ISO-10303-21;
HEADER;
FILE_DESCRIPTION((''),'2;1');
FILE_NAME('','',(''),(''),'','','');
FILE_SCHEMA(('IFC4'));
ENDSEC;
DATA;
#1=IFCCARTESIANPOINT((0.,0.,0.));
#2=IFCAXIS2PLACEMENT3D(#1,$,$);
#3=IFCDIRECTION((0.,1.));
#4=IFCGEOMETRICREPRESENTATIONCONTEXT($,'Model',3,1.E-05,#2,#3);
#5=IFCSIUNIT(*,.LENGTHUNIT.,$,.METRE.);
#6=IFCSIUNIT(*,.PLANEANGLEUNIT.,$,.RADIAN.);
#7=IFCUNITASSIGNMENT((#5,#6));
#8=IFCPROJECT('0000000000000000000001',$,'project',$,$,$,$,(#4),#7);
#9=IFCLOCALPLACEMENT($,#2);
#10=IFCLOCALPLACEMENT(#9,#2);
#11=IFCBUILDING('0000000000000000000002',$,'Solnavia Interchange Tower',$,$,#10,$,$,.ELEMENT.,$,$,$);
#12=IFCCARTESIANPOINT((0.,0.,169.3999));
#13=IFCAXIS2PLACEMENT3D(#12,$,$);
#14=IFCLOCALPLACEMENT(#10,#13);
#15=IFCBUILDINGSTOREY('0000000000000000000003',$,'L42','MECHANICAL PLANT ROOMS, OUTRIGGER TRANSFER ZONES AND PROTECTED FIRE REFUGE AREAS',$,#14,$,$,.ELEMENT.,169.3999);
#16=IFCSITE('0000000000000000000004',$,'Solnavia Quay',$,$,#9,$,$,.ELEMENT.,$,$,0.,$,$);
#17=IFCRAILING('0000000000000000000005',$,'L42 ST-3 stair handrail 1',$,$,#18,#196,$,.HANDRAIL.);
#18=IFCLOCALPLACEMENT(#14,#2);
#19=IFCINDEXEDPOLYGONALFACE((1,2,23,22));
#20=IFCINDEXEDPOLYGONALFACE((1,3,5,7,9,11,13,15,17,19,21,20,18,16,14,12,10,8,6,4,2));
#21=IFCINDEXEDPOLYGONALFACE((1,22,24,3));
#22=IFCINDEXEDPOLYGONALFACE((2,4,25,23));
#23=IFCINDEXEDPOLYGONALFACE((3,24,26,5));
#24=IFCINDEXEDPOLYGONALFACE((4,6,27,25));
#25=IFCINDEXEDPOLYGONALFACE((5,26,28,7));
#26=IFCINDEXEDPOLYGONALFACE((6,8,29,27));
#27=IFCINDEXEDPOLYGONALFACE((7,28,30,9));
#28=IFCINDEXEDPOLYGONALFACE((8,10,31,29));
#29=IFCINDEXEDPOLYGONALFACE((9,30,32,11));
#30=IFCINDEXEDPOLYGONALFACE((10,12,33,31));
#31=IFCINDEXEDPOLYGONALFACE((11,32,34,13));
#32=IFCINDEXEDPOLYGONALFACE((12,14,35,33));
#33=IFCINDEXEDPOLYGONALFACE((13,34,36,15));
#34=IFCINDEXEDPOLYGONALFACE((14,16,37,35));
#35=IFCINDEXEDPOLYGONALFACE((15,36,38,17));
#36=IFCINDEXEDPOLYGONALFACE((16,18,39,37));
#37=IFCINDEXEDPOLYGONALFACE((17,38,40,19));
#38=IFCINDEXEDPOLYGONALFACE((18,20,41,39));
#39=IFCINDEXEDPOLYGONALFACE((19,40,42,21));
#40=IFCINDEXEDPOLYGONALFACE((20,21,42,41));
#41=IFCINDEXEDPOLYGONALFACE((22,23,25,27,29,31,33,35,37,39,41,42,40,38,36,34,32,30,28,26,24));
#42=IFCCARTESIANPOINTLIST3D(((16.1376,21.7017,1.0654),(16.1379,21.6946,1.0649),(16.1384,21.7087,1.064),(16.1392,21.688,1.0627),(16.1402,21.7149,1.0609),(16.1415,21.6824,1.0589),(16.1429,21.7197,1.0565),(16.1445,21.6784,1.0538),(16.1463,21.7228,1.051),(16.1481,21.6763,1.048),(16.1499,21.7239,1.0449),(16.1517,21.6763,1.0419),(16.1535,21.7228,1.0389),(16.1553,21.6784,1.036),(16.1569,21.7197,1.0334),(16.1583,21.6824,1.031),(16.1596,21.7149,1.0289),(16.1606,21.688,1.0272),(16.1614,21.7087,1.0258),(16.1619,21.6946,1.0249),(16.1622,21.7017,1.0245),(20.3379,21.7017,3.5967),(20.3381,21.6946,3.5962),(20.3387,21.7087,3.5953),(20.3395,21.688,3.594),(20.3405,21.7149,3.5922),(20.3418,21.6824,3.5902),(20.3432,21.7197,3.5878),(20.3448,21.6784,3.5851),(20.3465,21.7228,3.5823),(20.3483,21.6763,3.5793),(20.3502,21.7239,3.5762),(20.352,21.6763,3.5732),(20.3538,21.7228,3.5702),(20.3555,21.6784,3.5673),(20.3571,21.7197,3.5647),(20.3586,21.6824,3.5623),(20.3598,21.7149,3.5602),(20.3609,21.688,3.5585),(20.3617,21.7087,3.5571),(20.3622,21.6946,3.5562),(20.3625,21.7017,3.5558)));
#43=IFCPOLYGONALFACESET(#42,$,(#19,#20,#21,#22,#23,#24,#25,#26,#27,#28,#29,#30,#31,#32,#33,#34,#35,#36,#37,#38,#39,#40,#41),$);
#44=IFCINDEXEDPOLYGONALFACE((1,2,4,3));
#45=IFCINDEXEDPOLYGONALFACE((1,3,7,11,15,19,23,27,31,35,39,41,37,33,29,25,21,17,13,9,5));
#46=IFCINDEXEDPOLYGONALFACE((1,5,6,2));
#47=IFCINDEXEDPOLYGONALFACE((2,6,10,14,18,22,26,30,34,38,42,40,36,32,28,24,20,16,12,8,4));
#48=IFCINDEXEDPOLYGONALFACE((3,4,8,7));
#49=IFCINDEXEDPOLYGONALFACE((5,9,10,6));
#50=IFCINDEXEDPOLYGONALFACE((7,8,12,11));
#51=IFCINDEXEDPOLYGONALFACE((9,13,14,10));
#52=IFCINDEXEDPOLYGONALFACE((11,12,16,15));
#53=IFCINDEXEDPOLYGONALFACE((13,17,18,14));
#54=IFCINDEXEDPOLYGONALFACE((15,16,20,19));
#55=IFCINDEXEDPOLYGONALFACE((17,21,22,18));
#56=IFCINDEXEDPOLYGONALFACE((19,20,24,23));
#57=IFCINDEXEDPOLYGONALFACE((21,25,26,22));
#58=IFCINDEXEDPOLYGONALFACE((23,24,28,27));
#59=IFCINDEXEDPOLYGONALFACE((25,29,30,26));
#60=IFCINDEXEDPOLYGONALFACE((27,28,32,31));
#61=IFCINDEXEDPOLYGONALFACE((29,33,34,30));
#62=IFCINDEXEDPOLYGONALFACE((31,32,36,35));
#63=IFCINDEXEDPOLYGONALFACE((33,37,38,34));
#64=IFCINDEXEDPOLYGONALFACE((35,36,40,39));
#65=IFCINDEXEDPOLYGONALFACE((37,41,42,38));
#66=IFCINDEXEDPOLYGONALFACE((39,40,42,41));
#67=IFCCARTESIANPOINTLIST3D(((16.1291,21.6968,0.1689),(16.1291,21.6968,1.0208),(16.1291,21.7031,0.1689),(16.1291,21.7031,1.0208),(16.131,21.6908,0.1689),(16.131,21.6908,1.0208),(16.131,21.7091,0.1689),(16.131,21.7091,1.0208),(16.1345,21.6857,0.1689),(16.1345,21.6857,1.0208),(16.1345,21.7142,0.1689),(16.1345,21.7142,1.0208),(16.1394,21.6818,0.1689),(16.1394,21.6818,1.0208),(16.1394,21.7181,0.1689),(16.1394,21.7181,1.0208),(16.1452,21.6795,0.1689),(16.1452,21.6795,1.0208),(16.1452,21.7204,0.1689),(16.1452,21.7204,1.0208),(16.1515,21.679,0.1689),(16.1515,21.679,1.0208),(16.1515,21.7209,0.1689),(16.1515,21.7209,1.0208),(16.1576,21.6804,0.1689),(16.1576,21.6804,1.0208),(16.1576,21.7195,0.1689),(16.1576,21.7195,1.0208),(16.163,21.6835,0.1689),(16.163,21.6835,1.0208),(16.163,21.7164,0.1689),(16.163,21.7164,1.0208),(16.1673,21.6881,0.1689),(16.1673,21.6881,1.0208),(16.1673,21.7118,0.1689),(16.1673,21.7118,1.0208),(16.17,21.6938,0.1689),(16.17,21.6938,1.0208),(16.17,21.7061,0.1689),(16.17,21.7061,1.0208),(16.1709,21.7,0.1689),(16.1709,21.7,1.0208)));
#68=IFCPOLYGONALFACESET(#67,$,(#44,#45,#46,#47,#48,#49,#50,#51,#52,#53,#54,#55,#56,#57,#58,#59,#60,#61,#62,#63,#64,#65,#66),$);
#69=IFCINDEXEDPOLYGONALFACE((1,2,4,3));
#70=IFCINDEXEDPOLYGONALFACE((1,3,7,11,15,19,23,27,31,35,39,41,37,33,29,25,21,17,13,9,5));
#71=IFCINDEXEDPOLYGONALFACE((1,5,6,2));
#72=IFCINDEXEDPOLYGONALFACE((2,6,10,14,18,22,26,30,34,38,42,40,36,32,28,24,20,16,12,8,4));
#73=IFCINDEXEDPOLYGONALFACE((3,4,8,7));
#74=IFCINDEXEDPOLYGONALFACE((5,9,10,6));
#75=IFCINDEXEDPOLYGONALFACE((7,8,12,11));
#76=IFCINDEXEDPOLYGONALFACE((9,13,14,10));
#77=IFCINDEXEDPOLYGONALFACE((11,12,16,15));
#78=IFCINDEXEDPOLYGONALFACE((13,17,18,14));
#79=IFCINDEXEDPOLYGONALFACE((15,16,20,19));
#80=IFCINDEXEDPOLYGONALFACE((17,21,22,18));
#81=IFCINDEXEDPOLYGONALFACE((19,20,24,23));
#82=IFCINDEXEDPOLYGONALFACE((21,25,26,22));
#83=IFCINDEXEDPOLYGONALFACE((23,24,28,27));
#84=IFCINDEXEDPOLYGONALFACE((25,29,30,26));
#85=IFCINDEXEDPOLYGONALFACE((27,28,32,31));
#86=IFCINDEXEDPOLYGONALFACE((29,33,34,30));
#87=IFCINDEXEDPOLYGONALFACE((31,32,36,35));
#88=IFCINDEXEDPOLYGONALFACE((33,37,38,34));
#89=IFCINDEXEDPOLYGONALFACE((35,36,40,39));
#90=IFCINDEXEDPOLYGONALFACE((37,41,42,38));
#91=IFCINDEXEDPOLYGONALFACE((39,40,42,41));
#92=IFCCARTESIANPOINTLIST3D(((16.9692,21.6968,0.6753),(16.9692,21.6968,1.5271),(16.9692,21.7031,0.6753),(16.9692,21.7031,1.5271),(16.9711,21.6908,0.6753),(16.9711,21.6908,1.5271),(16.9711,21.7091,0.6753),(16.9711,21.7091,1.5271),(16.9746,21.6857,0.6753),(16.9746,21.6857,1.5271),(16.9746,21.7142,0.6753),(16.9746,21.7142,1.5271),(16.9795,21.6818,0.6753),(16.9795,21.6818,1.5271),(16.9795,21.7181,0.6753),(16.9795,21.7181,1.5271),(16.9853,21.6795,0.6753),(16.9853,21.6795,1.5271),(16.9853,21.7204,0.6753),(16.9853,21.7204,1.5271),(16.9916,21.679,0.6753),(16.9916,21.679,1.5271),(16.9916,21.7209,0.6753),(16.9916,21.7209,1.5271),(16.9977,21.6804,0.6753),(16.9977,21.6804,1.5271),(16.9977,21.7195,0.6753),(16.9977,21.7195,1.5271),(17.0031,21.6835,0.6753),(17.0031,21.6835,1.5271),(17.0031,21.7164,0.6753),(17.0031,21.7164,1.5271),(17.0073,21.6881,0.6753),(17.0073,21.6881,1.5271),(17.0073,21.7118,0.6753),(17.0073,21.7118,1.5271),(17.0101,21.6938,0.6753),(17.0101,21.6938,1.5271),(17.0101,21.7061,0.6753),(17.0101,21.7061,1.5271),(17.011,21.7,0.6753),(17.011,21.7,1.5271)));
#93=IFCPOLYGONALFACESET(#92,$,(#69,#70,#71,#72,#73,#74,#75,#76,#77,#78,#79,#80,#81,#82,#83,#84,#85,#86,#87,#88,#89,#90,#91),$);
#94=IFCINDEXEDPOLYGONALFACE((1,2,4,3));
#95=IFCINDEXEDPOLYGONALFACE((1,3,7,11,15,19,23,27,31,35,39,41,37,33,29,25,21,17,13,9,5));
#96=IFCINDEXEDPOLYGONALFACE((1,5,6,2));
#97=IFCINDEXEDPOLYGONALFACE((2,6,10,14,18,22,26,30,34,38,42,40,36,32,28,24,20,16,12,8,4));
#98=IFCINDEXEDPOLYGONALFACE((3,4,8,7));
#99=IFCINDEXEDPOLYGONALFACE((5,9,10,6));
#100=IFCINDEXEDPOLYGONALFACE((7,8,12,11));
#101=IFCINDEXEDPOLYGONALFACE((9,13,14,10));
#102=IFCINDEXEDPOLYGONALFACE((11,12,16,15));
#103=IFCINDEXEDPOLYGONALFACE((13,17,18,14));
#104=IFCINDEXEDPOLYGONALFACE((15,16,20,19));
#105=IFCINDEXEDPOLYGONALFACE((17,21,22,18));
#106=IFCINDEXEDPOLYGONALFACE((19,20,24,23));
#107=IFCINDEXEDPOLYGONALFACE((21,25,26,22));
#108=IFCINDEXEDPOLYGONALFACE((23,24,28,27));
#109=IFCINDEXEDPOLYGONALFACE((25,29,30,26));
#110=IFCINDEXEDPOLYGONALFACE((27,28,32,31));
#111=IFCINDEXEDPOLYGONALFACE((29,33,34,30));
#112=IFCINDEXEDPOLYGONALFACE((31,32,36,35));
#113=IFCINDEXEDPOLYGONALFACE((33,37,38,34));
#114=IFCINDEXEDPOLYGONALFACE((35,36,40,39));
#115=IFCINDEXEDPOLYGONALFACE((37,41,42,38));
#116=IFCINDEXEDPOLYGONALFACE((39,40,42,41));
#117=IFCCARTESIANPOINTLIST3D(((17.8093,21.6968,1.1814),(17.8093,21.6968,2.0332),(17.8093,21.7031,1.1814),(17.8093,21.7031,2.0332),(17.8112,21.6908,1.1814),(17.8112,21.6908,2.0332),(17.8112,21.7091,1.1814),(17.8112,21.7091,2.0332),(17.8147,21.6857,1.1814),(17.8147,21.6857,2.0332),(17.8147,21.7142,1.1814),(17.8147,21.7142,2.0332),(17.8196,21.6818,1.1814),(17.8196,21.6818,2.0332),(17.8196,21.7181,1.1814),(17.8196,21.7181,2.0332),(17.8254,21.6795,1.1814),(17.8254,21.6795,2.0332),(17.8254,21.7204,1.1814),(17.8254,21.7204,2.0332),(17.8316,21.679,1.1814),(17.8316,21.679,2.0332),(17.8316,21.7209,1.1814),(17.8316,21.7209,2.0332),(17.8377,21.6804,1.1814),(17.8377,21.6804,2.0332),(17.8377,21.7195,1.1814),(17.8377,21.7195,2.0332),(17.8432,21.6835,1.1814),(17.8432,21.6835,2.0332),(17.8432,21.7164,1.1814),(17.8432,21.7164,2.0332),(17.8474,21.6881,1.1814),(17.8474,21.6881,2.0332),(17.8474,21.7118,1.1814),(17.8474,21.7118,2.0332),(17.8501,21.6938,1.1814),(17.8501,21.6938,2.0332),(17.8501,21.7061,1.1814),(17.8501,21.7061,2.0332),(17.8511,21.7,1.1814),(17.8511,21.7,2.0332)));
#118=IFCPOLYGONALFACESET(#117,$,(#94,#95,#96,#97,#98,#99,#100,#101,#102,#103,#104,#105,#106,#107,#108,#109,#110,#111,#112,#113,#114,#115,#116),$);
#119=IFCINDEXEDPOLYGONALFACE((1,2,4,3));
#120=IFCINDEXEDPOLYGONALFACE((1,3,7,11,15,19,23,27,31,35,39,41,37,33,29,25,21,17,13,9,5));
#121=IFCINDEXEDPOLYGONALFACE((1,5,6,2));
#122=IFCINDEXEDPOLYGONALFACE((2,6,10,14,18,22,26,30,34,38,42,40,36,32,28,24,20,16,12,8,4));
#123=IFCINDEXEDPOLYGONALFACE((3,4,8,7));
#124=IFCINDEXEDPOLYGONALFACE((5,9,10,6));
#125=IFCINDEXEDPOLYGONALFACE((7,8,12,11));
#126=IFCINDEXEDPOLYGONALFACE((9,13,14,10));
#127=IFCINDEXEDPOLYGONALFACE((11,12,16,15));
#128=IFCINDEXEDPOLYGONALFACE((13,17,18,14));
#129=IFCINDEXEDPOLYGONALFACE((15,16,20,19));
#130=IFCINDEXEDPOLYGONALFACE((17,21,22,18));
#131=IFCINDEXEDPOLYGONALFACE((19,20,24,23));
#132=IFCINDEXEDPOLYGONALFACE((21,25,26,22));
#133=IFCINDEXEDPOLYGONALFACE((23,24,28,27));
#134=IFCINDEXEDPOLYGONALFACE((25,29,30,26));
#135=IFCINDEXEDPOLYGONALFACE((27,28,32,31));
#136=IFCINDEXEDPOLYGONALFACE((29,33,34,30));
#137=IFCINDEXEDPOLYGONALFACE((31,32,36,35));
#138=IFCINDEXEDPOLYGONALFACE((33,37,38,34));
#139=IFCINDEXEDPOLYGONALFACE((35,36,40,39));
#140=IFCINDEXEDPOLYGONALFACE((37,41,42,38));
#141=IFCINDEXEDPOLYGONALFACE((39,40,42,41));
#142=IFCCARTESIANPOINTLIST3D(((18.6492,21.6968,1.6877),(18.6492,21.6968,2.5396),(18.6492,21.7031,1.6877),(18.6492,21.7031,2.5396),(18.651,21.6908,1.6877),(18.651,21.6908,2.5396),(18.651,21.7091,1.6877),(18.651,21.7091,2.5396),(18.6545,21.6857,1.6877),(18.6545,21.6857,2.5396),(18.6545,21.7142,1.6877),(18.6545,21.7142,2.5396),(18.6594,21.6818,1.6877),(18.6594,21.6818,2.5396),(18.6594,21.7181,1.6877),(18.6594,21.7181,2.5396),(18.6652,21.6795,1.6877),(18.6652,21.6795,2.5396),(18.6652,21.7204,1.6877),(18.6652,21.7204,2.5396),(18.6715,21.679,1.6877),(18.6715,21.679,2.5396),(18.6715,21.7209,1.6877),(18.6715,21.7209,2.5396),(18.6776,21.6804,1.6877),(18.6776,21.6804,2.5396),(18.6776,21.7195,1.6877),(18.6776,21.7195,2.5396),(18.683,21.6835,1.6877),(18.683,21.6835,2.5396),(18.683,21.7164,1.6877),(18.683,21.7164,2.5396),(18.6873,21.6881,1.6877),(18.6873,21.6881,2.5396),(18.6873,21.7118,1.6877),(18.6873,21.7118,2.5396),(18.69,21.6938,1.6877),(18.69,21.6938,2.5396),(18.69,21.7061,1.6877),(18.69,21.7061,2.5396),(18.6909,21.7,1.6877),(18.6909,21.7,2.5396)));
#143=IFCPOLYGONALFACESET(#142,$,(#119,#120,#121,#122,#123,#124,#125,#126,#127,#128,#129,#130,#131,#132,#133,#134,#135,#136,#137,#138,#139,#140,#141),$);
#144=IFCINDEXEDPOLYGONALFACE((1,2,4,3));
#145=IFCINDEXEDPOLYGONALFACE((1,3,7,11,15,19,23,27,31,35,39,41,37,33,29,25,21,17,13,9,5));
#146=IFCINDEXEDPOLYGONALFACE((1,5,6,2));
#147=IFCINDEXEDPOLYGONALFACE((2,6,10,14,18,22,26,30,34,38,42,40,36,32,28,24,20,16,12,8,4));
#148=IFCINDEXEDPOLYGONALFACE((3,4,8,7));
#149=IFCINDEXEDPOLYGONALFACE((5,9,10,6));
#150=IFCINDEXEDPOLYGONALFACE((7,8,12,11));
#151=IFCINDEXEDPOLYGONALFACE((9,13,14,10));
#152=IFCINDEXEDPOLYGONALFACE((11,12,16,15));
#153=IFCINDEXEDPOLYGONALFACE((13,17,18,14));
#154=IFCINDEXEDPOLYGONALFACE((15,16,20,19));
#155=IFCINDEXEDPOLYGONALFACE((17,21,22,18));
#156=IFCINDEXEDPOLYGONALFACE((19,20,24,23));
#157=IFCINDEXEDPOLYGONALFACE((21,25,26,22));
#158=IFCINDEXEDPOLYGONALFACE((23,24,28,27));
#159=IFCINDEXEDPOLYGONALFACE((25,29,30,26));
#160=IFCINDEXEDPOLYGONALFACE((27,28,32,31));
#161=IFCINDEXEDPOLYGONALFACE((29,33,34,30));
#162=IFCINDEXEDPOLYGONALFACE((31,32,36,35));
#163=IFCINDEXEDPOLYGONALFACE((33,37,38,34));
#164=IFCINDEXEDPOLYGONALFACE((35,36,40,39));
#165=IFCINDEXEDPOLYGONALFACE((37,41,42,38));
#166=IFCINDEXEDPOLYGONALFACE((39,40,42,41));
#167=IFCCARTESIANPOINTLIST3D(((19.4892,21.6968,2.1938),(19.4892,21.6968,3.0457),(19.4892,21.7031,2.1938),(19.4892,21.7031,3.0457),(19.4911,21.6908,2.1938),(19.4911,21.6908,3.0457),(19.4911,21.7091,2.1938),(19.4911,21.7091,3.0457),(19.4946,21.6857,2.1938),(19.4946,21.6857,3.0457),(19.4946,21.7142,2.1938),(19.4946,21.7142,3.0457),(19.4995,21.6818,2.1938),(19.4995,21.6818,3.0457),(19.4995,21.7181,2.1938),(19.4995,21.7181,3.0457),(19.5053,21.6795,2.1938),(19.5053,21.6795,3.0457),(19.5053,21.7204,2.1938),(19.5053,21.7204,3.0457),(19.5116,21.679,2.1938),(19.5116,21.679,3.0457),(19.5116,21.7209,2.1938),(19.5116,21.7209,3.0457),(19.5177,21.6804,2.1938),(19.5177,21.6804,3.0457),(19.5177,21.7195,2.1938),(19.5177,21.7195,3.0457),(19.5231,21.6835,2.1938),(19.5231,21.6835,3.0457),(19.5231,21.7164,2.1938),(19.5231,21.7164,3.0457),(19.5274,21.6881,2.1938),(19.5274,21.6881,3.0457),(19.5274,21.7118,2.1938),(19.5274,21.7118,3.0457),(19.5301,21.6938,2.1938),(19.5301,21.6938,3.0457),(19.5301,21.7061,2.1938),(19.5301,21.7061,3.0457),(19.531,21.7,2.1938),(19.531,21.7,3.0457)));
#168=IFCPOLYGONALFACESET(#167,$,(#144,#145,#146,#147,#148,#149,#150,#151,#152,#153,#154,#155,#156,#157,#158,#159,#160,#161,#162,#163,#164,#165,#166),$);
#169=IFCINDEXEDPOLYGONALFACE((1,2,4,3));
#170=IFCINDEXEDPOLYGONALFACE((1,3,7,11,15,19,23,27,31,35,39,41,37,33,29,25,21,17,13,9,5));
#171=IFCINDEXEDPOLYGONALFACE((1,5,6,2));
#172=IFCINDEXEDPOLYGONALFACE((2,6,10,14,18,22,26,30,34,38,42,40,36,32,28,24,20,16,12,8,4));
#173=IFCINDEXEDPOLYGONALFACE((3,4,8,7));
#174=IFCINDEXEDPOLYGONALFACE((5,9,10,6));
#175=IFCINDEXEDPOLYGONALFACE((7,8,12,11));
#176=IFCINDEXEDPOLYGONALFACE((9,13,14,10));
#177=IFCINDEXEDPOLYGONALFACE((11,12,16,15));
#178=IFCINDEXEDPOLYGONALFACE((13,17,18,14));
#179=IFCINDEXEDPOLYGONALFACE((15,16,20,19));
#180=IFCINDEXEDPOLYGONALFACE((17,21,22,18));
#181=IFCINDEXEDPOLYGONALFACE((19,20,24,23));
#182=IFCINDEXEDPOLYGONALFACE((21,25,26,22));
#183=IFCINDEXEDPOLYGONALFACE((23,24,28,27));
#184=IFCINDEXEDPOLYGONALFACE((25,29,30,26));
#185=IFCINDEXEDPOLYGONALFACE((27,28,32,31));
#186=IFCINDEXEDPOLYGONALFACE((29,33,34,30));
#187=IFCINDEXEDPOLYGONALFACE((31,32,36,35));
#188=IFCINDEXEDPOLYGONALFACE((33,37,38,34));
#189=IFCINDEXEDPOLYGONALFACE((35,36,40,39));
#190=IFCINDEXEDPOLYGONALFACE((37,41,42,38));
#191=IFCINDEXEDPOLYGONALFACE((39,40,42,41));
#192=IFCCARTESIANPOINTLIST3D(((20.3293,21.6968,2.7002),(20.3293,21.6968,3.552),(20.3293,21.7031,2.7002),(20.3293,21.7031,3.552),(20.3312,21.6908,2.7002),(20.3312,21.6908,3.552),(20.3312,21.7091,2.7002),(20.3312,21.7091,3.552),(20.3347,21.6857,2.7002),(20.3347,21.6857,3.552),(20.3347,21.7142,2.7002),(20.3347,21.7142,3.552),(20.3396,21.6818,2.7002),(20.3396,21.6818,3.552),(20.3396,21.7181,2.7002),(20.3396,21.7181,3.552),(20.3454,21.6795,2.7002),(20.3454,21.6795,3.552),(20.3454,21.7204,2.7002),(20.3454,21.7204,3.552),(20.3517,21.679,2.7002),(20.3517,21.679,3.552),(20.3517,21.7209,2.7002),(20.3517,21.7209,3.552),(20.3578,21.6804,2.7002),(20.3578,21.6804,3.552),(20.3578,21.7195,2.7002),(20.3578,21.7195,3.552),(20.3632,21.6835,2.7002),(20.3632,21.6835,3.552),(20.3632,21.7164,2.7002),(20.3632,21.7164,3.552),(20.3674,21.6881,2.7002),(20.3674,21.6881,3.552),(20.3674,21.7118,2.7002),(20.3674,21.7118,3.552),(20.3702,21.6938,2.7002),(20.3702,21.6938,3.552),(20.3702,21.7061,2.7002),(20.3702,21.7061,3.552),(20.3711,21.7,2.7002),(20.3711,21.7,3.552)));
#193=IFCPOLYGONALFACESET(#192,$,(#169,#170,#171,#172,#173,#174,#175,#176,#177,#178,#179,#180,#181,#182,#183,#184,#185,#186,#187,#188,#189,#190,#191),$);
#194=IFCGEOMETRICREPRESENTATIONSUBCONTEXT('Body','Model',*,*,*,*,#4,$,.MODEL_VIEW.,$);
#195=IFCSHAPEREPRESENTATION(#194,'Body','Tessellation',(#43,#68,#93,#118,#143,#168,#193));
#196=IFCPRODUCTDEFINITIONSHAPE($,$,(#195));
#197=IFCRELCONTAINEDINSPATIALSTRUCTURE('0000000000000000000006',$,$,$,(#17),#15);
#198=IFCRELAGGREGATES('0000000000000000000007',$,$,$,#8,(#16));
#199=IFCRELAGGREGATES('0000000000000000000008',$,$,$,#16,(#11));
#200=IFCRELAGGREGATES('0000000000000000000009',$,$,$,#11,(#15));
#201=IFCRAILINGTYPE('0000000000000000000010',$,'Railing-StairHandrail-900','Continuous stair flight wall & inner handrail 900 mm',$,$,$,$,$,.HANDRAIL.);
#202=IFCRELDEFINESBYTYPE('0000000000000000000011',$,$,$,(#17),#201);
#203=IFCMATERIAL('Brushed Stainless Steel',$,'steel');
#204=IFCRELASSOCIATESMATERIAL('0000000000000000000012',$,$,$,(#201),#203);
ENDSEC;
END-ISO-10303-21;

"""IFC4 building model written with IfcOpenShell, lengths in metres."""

from ifc_helpers import new_model, si_unit, direction, frame, origin, origin_2d, place, context, subcontext, project, spatial, circle, extrude, material, type_object, element, save


model = new_model("IFC4")

# Units and contexts
model_context = context("Model", 3, precision=1e-05, world=origin(), true_north=direction((0.0, 1.0)))
body_context = subcontext(model_context, "Body", "Model", "MODEL_VIEW")
ifc_project = project(units=[si_unit("LENGTHUNIT", "METRE"), si_unit("PLANEANGLEUNIT", "RADIAN")], contexts=[model_context])

# Site, building, storey
site_placement = place(None, origin())
site = spatial("IfcSite", under=ifc_project, at=site_placement, Name="Solnavia Quay", CompositionType="ELEMENT", RefElevation=0.0)
building_placement = place(site_placement, origin())
building = spatial("IfcBuilding", under=site, at=building_placement, Name="Solnavia Interchange Tower", CompositionType="ELEMENT")
storey_placement = place(building_placement, frame((0.0, 0.0, 169.3999)))
storey = spatial("IfcBuildingStorey", under=building, at=storey_placement, Name="L42", Description="MECHANICAL PLANT ROOMS, OUTRIGGER TRANSFER ZONES AND PROTECTED FIRE REFUGE AREAS", CompositionType="ELEMENT", Elevation=169.3999)

# Railing
ifc_material_1 = material(Name="Brushed Stainless Steel", Category="steel")
railing_type_1 = type_object("IfcRailingType", Name="Railing-StairHandrail-900", Description="Continuous stair flight wall & inner handrail 900 mm", PredefinedType="HANDRAIL", material=ifc_material_1)
railing_1_placement = place(storey_placement, frame((16.1499, 21.7, 0.1689)))
element("IfcRailing", 1, at=railing_1_placement, inside=storey, type_object=railing_type_1, Name="L42 ST-3 stair handrail 1", PredefinedType="HANDRAIL", context=body_context, shape_type="SweptSolid", body=[
    extrude(circle(Radius=0.0239, at=origin_2d()), frame((0.0, 0.0, 0.876), z_axis=(0.85649, 0.0, 0.516164), x_axis=(0.0, 1.0, 0.0)), (0.0, 0.0, 1.0), 4.9041),
    extrude(circle(Radius=0.021, at=origin_2d()), origin(), (0.0, 0.0, 1.0), 0.8518),
    extrude(circle(Radius=0.021, at=origin_2d()), frame((0.8401, 0.0, 0.5063)), (0.0, 0.0, 1.0), 0.8518),
    extrude(circle(Radius=0.021, at=origin_2d()), frame((1.6802, 0.0, 1.0125)), (0.0, 0.0, 1.0), 0.8518),
    extrude(circle(Radius=0.021, at=origin_2d()), frame((2.52, 0.0, 1.5188)), (0.0, 0.0, 1.0), 0.8518),
    extrude(circle(Radius=0.021, at=origin_2d()), frame((3.3601, 0.0, 2.0249)), (0.0, 0.0, 1.0), 0.8518),
    extrude(circle(Radius=0.021, at=origin_2d()), frame((4.2002, 0.0, 2.5312)), (0.0, 0.0, 1.0), 0.8518),
])

save(model, "model.ifc")
